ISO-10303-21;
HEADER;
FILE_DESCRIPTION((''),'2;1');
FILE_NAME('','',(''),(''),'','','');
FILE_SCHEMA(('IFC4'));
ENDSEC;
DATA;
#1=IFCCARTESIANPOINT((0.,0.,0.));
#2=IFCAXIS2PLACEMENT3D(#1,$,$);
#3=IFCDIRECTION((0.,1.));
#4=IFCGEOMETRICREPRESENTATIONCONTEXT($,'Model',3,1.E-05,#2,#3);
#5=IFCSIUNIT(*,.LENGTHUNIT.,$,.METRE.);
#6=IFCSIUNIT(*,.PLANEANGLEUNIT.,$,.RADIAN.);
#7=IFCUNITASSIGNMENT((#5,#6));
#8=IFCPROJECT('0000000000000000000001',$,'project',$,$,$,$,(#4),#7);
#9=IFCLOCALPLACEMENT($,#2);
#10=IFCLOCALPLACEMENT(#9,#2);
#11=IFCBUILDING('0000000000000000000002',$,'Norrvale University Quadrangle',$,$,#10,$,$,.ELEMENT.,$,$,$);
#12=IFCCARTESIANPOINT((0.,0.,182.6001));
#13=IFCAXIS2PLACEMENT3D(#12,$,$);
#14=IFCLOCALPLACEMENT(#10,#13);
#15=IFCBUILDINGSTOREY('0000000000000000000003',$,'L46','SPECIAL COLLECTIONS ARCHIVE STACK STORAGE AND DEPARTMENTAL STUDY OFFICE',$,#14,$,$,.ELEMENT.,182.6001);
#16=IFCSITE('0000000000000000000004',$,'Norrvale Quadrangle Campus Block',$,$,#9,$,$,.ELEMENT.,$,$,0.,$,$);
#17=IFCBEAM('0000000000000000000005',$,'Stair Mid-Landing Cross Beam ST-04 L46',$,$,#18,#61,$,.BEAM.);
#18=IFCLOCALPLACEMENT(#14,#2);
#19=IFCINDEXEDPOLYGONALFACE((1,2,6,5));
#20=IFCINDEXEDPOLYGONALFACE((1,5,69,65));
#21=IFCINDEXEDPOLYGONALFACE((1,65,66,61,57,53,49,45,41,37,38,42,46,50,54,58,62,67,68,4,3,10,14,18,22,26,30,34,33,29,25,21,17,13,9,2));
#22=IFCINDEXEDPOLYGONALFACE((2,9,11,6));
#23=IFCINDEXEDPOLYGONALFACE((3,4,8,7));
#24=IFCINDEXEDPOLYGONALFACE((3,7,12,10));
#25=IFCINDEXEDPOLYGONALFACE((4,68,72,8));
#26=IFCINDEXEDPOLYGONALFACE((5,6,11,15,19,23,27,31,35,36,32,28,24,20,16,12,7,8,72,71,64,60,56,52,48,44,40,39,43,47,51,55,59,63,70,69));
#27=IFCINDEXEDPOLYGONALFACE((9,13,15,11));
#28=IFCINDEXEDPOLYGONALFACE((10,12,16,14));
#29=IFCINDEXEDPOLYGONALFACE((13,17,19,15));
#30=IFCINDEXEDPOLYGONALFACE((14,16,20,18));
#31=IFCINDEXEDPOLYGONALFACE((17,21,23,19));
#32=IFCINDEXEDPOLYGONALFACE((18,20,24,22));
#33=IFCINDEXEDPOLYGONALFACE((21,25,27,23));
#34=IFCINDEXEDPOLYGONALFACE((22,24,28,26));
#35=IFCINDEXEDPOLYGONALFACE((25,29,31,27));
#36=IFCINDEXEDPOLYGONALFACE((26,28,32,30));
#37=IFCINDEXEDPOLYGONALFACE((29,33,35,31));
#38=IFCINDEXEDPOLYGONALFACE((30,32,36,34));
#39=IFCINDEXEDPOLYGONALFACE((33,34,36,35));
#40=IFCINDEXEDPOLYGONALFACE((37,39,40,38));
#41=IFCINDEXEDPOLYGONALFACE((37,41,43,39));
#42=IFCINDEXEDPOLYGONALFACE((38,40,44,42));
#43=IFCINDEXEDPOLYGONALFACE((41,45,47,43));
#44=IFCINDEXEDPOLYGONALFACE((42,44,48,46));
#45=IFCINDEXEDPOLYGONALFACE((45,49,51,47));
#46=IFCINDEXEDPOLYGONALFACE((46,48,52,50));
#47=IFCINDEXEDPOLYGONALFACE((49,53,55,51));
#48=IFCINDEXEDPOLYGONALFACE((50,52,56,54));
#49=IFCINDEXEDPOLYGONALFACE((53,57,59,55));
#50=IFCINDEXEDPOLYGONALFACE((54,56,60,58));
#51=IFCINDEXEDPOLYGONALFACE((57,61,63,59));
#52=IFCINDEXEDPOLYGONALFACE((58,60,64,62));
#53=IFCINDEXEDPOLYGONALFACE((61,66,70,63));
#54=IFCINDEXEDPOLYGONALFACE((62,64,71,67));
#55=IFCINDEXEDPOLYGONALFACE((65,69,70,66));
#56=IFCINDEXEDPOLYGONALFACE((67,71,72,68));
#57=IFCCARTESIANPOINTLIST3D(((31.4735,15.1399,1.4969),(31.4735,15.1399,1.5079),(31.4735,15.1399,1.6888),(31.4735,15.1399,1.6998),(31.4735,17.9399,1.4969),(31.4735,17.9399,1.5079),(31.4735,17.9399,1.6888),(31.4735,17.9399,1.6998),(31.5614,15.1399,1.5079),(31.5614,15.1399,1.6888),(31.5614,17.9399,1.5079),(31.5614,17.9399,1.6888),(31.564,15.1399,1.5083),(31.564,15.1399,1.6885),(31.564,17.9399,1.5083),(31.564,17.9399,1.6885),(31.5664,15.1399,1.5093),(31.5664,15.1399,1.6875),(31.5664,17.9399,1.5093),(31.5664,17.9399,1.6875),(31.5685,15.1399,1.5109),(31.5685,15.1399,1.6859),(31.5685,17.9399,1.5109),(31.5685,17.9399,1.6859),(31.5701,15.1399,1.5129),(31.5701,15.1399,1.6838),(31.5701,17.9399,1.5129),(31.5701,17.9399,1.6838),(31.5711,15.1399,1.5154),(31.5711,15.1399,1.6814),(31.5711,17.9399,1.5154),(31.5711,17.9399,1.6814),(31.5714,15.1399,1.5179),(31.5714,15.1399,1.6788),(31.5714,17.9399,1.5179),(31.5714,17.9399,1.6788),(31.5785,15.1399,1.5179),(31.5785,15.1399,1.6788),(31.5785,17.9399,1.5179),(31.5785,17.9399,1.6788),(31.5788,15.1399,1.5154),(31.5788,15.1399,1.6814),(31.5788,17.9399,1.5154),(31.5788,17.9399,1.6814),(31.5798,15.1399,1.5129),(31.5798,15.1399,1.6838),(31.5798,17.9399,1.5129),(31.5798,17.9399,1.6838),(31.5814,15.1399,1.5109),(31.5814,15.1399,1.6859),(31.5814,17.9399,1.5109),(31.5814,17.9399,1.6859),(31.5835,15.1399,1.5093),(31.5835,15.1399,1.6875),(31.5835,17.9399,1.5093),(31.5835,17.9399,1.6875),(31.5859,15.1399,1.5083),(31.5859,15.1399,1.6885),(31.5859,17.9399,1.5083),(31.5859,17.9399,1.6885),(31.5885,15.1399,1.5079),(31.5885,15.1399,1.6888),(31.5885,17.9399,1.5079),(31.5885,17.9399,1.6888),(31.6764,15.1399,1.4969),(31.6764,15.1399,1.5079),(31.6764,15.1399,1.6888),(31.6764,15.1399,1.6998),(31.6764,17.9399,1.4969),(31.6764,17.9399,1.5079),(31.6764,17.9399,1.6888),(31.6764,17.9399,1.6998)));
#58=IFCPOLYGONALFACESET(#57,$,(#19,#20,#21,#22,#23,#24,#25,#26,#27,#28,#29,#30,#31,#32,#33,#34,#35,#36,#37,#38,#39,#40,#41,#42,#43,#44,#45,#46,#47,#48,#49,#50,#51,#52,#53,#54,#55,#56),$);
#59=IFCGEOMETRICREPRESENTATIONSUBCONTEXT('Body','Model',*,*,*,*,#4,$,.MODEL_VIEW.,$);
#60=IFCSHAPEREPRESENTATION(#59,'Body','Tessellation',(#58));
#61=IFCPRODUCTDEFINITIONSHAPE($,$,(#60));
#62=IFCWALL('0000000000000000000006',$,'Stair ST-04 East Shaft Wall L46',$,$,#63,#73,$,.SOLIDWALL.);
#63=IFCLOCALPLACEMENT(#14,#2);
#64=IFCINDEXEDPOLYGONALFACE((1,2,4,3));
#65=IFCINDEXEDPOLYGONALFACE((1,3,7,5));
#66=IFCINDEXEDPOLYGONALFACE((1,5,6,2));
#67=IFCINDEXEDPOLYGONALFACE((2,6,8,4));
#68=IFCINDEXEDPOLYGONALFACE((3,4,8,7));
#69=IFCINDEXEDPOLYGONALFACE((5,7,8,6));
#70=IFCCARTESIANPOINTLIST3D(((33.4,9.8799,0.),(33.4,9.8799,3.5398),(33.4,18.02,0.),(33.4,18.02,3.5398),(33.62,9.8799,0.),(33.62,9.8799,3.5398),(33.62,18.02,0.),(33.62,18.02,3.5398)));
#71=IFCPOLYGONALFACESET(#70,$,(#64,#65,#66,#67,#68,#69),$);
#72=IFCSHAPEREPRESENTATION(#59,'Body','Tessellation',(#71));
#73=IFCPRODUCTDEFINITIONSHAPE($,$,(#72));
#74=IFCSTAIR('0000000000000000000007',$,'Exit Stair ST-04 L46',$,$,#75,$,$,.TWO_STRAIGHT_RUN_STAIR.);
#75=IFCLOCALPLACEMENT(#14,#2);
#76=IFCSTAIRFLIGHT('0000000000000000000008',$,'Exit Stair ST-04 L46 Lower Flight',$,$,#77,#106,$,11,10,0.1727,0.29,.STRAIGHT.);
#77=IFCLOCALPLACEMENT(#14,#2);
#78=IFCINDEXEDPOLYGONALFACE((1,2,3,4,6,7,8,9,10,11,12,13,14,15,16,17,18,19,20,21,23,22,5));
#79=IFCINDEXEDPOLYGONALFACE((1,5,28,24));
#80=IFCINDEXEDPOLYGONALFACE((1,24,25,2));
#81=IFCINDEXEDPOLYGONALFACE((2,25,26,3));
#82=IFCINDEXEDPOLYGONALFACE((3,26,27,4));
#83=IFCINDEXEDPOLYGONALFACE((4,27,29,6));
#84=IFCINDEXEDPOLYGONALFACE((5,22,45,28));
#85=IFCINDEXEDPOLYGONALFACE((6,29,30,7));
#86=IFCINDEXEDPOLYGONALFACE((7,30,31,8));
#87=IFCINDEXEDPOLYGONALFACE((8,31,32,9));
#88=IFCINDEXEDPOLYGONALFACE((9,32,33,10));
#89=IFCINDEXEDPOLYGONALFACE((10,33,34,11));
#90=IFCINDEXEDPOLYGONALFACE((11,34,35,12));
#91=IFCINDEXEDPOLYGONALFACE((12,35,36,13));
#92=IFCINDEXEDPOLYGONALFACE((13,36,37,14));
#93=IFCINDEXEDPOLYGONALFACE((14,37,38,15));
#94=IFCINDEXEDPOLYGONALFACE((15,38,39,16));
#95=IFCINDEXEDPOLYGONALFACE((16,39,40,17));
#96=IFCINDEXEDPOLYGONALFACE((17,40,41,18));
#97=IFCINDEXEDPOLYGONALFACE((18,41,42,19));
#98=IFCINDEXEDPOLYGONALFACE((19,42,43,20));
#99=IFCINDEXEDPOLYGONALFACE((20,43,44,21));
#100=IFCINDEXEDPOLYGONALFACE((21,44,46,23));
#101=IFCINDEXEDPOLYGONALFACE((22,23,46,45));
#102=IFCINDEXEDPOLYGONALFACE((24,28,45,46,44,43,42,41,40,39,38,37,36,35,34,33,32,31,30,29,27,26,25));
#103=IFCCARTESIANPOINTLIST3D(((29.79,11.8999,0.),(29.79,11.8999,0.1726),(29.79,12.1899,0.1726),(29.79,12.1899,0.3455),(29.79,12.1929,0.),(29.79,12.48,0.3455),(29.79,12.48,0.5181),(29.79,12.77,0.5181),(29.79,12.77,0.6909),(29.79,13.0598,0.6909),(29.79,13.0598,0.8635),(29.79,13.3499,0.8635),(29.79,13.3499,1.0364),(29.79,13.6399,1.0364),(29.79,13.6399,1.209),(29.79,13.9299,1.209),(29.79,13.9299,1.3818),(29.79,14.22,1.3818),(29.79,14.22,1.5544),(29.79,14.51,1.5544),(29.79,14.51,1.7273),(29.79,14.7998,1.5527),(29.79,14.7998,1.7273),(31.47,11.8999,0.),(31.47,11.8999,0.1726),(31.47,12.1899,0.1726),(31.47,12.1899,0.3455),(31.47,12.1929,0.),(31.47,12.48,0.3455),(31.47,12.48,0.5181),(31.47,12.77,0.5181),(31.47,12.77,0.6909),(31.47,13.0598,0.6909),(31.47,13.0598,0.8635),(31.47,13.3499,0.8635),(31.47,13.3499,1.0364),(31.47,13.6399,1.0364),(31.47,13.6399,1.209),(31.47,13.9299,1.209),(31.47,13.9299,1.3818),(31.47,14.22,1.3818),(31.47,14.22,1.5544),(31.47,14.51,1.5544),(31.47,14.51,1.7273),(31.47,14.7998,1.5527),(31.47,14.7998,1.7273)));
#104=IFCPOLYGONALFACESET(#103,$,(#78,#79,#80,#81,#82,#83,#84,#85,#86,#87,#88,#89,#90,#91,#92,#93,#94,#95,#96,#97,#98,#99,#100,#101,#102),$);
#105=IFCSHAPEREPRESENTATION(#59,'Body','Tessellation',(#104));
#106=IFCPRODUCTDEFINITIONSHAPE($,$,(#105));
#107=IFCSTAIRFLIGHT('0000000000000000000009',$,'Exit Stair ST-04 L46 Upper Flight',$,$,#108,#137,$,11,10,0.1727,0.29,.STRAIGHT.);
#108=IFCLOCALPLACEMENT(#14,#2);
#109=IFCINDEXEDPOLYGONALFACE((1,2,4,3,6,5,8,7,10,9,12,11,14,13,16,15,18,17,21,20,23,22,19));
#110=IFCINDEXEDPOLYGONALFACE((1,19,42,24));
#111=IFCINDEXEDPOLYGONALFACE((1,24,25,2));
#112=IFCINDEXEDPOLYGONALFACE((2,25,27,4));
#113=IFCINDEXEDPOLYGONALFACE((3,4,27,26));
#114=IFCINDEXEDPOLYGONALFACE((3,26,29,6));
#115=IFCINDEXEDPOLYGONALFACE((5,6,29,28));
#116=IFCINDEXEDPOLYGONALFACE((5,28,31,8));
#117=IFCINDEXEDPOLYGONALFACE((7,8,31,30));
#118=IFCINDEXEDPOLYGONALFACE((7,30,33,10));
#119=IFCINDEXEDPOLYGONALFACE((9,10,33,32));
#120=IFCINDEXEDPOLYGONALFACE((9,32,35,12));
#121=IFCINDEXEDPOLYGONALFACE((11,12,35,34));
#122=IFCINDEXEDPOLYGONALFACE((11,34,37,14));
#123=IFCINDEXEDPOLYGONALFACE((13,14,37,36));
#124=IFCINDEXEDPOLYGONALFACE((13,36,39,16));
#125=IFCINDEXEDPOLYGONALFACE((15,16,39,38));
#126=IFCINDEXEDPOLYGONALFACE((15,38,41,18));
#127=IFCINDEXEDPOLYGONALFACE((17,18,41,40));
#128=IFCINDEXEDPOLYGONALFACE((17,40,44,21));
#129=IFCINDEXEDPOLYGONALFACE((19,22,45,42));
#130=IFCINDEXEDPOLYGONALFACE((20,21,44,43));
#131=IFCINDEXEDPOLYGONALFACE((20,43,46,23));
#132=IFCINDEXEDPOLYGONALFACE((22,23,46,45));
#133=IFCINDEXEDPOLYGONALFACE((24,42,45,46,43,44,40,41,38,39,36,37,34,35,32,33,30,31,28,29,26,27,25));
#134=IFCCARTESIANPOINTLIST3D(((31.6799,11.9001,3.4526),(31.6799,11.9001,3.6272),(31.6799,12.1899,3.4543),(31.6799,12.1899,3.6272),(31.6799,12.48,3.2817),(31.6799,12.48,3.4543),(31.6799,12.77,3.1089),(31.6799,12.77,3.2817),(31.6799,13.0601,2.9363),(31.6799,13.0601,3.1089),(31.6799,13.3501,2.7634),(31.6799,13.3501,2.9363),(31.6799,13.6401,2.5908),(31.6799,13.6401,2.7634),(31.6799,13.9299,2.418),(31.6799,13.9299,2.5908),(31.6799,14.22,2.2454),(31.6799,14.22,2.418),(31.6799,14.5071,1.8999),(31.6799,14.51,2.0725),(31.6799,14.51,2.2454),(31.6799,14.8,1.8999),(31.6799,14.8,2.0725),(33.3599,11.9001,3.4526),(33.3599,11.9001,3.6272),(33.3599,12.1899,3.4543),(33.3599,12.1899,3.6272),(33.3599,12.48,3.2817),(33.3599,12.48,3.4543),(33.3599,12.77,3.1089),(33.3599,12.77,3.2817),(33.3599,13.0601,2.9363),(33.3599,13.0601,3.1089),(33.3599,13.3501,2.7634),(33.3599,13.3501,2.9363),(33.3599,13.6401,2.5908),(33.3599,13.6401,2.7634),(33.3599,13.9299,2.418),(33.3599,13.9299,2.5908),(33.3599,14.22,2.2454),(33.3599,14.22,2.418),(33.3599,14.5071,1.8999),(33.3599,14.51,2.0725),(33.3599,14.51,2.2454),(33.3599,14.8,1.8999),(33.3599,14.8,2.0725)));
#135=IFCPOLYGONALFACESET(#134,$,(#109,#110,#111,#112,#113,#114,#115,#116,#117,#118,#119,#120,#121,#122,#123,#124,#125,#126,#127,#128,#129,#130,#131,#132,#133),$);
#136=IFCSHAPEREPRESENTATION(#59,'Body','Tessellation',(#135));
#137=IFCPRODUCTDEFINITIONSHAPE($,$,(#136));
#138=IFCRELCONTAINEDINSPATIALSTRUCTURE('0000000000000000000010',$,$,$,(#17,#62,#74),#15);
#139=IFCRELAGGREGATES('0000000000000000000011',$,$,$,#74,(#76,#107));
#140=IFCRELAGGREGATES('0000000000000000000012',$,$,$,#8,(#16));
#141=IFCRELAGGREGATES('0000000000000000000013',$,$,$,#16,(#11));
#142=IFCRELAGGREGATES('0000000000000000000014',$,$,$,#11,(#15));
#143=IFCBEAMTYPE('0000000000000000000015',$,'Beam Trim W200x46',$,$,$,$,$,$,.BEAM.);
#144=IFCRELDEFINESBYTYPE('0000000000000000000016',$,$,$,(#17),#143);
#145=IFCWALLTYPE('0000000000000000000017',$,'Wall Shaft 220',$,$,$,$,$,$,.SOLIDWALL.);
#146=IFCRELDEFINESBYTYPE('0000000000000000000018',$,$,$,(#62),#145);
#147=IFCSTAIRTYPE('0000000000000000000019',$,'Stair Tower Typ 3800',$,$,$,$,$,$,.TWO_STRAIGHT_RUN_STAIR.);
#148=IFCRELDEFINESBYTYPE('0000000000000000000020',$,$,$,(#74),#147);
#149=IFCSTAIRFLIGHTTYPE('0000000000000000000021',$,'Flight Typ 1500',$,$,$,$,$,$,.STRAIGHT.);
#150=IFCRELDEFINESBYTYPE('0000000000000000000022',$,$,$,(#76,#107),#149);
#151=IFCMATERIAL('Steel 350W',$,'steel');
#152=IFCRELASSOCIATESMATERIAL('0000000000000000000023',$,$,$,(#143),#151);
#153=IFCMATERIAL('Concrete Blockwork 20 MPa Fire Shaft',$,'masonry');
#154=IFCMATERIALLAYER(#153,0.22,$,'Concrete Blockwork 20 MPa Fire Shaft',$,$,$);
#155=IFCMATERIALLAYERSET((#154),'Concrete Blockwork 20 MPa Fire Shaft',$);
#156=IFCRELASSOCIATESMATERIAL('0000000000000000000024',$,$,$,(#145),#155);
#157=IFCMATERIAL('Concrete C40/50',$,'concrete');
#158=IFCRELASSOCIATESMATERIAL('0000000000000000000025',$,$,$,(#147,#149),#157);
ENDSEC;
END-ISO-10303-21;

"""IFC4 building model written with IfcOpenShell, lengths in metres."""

from ifc_helpers import new_model, si_unit, direction, frame, frame_2d, origin, origin_2d, place, context, subcontext, project, spatial, polyline, rectangle, i_section, outline, extrude, material, layer, layer_set, material_profile, profile_set, type_object, element, aggregate, save


model = new_model("IFC4")

# Units and contexts
model_context = context("Model", 3, precision=1e-05, world=origin(), true_north=direction((0.0, 1.0)))
body_context = subcontext(model_context, "Body", "Model", "MODEL_VIEW")
ifc_project = project(units=[si_unit("LENGTHUNIT", "METRE"), si_unit("PLANEANGLEUNIT", "RADIAN")], contexts=[model_context])

# Site, building, storey
site_placement = place(None, origin())
site = spatial("IfcSite", under=ifc_project, at=site_placement, Name="Norrvale Quadrangle Campus Block", CompositionType="ELEMENT", RefElevation=0.0)
building_placement = place(site_placement, origin())
building = spatial("IfcBuilding", under=site, at=building_placement, Name="Norrvale University Quadrangle", CompositionType="ELEMENT")
storey_placement = place(building_placement, frame((0.0, 0.0, 182.6001)))
storey = spatial("IfcBuildingStorey", under=building, at=storey_placement, Name="L46", Description="SPECIAL COLLECTIONS ARCHIVE STACK STORAGE AND DEPARTMENTAL STUDY OFFICE", CompositionType="ELEMENT", Elevation=182.6001)

# Beam
ifc_material_1 = material(Name="Steel 350W", Category="steel")
ifc_material_profile_1 = material_profile(ifc_material_1, i_section(OverallWidth=0.2029, OverallDepth=0.2029, WebThickness=0.0071, FlangeThickness=0.011, FilletRadius=0.01, at=origin_2d()), Name="Steel 350W")
ifc_profile_set_1 = profile_set([ifc_material_profile_1], Name="Steel 350W")
beam_type_1 = type_object("IfcBeamType", Name="Beam Trim W200x46", PredefinedType="BEAM", material=ifc_profile_set_1)
beam_1_placement = place(storey_placement, frame((31.575, 15.1399, 1.5984), z_axis=(0.0, 1.0, 0.0), x_axis=(-1.0, 0.0, 0.0)))
element("IfcBeam", 1, at=beam_1_placement, inside=storey, type_object=beam_type_1, Name="Stair Mid-Landing Cross Beam ST-04 L46", PredefinedType="BEAM", context=body_context, shape_type="SweptSolid", body=[
    extrude(i_section(OverallWidth=0.2029, OverallDepth=0.2029, WebThickness=0.0071, FlangeThickness=0.011, FilletRadius=0.01, at=origin_2d()), origin(), (0.0, 0.0, 1.0), 2.8),
])

# Wall
ifc_material_2 = material(Name="Concrete Blockwork 20 MPa Fire Shaft", Category="masonry")
ifc_layer = layer(ifc_material_2, 0.22, Name="Concrete Blockwork 20 MPa Fire Shaft")
ifc_layer_set = layer_set([ifc_layer], Name="Concrete Blockwork 20 MPa Fire Shaft")
wall_type = type_object("IfcWallType", Name="Wall Shaft 220", PredefinedType="SOLIDWALL", material=ifc_layer_set)
wall_placement = place(storey_placement, frame((33.51, 9.8799, 0.0), z_axis=(0.0, 0.0, 1.0), x_axis=(0.0, 1.0, 0.0)))
element("IfcWall", 2, at=wall_placement, inside=storey, type_object=wall_type, Name="Stair ST-04 East Shaft Wall L46", PredefinedType="SOLIDWALL", context=body_context, shape_type="SweptSolid", body=[
    extrude(rectangle(XDim=8.1401, YDim=0.22, at=frame_2d((4.0701, 0.0))), origin(), (0.0, 0.0, 1.0), 3.5398),
])

# Stair, stair flights
ifc_material_3 = material(Name="Concrete C40/50", Category="concrete")
stair_type = type_object("IfcStairType", Name="Stair Tower Typ 3800", PredefinedType="TWO_STRAIGHT_RUN_STAIR", material=ifc_material_3)
stair_placement = place(storey_placement, origin())
stair = element("IfcStair", 3, at=stair_placement, inside=storey, type_object=stair_type, Name="Exit Stair ST-04 L46", PredefinedType="TWO_STRAIGHT_RUN_STAIR")
stair_flight_type = type_object("IfcStairFlightType", Name="Flight Typ 1500", PredefinedType="STRAIGHT", material=ifc_material_3)
stair_flight_1_placement = place(storey_placement, frame((30.6299, 11.8999, 0.0), z_axis=(0.0, 0.0, 1.0), x_axis=(0.0, 1.0, 0.0)))
stair_flight_1 = element("IfcStairFlight", 4, at=stair_flight_1_placement, type_object=stair_flight_type, Name="Exit Stair ST-04 L46 Lower Flight", NumberOfRisers=11, NumberOfTreads=10, PredefinedType="STRAIGHT", RiserHeight=0.1727, TreadLength=0.29, context=body_context, shape_type="SweptSolid", body=[
    extrude(outline(polyline([(0.0, 0.0), (0.0, 0.1726), (0.29, 0.1726), (0.29, 0.3455), (0.5801, 0.3455), (0.5801, 0.5181), (0.8701, 0.5181), (0.8701, 0.6909), (1.1599, 0.6909), (1.1599, 0.8635), (1.45, 0.8635), (1.45, 1.0364), (1.74, 1.0364), (1.74, 1.209), (2.03, 1.209), (2.03, 1.3818), (2.3201, 1.3818), (2.3201, 1.5544), (2.6101, 1.5544), (2.6101, 1.7273), (2.8999, 1.7273), (2.8999, 1.8999), (2.8999, 1.5527), (0.293, 0.0), (0.0, 0.0)])), frame((0.0, 0.8398, 0.0), z_axis=(0.0, -1.0, 0.0), x_axis=(1.0, 0.0, 0.0)), (0.0, 0.0, 1.0), 1.6799),
])
stair_flight_2_placement = place(storey_placement, frame((32.52, 14.8, 1.8999), z_axis=(0.0, 0.0, 1.0), x_axis=(0.0, -1.0, 0.0)))
stair_flight_2 = element("IfcStairFlight", 5, at=stair_flight_2_placement, type_object=stair_flight_type, Name="Exit Stair ST-04 L46 Upper Flight", NumberOfRisers=11, NumberOfTreads=10, PredefinedType="STRAIGHT", RiserHeight=0.1727, TreadLength=0.29, context=body_context, shape_type="SweptSolid", body=[
    extrude(outline(polyline([(0.0, 0.0), (0.0, 0.1726), (0.29, 0.1726), (0.29, 0.3455), (0.5801, 0.3455), (0.5801, 0.5181), (0.8701, 0.5181), (0.8701, 0.6909), (1.1599, 0.6909), (1.1599, 0.8635), (1.45, 0.8635), (1.45, 1.0364), (1.74, 1.0364), (1.74, 1.209), (2.03, 1.209), (2.03, 1.3818), (2.3201, 1.3818), (2.3201, 1.5544), (2.6101, 1.5544), (2.6101, 1.7273), (2.8999, 1.7273), (2.8999, 1.8999), (2.8999, 1.5527), (0.293, 0.0), (0.0, 0.0)])), frame((0.0, 0.8398, 0.0), z_axis=(0.0, -1.0, 0.0), x_axis=(1.0, 0.0, 0.0)), (0.0, 0.0, 1.0), 1.6799),
])
aggregate(stair, [stair_flight_1, stair_flight_2])

save(model, "model.ifc")
